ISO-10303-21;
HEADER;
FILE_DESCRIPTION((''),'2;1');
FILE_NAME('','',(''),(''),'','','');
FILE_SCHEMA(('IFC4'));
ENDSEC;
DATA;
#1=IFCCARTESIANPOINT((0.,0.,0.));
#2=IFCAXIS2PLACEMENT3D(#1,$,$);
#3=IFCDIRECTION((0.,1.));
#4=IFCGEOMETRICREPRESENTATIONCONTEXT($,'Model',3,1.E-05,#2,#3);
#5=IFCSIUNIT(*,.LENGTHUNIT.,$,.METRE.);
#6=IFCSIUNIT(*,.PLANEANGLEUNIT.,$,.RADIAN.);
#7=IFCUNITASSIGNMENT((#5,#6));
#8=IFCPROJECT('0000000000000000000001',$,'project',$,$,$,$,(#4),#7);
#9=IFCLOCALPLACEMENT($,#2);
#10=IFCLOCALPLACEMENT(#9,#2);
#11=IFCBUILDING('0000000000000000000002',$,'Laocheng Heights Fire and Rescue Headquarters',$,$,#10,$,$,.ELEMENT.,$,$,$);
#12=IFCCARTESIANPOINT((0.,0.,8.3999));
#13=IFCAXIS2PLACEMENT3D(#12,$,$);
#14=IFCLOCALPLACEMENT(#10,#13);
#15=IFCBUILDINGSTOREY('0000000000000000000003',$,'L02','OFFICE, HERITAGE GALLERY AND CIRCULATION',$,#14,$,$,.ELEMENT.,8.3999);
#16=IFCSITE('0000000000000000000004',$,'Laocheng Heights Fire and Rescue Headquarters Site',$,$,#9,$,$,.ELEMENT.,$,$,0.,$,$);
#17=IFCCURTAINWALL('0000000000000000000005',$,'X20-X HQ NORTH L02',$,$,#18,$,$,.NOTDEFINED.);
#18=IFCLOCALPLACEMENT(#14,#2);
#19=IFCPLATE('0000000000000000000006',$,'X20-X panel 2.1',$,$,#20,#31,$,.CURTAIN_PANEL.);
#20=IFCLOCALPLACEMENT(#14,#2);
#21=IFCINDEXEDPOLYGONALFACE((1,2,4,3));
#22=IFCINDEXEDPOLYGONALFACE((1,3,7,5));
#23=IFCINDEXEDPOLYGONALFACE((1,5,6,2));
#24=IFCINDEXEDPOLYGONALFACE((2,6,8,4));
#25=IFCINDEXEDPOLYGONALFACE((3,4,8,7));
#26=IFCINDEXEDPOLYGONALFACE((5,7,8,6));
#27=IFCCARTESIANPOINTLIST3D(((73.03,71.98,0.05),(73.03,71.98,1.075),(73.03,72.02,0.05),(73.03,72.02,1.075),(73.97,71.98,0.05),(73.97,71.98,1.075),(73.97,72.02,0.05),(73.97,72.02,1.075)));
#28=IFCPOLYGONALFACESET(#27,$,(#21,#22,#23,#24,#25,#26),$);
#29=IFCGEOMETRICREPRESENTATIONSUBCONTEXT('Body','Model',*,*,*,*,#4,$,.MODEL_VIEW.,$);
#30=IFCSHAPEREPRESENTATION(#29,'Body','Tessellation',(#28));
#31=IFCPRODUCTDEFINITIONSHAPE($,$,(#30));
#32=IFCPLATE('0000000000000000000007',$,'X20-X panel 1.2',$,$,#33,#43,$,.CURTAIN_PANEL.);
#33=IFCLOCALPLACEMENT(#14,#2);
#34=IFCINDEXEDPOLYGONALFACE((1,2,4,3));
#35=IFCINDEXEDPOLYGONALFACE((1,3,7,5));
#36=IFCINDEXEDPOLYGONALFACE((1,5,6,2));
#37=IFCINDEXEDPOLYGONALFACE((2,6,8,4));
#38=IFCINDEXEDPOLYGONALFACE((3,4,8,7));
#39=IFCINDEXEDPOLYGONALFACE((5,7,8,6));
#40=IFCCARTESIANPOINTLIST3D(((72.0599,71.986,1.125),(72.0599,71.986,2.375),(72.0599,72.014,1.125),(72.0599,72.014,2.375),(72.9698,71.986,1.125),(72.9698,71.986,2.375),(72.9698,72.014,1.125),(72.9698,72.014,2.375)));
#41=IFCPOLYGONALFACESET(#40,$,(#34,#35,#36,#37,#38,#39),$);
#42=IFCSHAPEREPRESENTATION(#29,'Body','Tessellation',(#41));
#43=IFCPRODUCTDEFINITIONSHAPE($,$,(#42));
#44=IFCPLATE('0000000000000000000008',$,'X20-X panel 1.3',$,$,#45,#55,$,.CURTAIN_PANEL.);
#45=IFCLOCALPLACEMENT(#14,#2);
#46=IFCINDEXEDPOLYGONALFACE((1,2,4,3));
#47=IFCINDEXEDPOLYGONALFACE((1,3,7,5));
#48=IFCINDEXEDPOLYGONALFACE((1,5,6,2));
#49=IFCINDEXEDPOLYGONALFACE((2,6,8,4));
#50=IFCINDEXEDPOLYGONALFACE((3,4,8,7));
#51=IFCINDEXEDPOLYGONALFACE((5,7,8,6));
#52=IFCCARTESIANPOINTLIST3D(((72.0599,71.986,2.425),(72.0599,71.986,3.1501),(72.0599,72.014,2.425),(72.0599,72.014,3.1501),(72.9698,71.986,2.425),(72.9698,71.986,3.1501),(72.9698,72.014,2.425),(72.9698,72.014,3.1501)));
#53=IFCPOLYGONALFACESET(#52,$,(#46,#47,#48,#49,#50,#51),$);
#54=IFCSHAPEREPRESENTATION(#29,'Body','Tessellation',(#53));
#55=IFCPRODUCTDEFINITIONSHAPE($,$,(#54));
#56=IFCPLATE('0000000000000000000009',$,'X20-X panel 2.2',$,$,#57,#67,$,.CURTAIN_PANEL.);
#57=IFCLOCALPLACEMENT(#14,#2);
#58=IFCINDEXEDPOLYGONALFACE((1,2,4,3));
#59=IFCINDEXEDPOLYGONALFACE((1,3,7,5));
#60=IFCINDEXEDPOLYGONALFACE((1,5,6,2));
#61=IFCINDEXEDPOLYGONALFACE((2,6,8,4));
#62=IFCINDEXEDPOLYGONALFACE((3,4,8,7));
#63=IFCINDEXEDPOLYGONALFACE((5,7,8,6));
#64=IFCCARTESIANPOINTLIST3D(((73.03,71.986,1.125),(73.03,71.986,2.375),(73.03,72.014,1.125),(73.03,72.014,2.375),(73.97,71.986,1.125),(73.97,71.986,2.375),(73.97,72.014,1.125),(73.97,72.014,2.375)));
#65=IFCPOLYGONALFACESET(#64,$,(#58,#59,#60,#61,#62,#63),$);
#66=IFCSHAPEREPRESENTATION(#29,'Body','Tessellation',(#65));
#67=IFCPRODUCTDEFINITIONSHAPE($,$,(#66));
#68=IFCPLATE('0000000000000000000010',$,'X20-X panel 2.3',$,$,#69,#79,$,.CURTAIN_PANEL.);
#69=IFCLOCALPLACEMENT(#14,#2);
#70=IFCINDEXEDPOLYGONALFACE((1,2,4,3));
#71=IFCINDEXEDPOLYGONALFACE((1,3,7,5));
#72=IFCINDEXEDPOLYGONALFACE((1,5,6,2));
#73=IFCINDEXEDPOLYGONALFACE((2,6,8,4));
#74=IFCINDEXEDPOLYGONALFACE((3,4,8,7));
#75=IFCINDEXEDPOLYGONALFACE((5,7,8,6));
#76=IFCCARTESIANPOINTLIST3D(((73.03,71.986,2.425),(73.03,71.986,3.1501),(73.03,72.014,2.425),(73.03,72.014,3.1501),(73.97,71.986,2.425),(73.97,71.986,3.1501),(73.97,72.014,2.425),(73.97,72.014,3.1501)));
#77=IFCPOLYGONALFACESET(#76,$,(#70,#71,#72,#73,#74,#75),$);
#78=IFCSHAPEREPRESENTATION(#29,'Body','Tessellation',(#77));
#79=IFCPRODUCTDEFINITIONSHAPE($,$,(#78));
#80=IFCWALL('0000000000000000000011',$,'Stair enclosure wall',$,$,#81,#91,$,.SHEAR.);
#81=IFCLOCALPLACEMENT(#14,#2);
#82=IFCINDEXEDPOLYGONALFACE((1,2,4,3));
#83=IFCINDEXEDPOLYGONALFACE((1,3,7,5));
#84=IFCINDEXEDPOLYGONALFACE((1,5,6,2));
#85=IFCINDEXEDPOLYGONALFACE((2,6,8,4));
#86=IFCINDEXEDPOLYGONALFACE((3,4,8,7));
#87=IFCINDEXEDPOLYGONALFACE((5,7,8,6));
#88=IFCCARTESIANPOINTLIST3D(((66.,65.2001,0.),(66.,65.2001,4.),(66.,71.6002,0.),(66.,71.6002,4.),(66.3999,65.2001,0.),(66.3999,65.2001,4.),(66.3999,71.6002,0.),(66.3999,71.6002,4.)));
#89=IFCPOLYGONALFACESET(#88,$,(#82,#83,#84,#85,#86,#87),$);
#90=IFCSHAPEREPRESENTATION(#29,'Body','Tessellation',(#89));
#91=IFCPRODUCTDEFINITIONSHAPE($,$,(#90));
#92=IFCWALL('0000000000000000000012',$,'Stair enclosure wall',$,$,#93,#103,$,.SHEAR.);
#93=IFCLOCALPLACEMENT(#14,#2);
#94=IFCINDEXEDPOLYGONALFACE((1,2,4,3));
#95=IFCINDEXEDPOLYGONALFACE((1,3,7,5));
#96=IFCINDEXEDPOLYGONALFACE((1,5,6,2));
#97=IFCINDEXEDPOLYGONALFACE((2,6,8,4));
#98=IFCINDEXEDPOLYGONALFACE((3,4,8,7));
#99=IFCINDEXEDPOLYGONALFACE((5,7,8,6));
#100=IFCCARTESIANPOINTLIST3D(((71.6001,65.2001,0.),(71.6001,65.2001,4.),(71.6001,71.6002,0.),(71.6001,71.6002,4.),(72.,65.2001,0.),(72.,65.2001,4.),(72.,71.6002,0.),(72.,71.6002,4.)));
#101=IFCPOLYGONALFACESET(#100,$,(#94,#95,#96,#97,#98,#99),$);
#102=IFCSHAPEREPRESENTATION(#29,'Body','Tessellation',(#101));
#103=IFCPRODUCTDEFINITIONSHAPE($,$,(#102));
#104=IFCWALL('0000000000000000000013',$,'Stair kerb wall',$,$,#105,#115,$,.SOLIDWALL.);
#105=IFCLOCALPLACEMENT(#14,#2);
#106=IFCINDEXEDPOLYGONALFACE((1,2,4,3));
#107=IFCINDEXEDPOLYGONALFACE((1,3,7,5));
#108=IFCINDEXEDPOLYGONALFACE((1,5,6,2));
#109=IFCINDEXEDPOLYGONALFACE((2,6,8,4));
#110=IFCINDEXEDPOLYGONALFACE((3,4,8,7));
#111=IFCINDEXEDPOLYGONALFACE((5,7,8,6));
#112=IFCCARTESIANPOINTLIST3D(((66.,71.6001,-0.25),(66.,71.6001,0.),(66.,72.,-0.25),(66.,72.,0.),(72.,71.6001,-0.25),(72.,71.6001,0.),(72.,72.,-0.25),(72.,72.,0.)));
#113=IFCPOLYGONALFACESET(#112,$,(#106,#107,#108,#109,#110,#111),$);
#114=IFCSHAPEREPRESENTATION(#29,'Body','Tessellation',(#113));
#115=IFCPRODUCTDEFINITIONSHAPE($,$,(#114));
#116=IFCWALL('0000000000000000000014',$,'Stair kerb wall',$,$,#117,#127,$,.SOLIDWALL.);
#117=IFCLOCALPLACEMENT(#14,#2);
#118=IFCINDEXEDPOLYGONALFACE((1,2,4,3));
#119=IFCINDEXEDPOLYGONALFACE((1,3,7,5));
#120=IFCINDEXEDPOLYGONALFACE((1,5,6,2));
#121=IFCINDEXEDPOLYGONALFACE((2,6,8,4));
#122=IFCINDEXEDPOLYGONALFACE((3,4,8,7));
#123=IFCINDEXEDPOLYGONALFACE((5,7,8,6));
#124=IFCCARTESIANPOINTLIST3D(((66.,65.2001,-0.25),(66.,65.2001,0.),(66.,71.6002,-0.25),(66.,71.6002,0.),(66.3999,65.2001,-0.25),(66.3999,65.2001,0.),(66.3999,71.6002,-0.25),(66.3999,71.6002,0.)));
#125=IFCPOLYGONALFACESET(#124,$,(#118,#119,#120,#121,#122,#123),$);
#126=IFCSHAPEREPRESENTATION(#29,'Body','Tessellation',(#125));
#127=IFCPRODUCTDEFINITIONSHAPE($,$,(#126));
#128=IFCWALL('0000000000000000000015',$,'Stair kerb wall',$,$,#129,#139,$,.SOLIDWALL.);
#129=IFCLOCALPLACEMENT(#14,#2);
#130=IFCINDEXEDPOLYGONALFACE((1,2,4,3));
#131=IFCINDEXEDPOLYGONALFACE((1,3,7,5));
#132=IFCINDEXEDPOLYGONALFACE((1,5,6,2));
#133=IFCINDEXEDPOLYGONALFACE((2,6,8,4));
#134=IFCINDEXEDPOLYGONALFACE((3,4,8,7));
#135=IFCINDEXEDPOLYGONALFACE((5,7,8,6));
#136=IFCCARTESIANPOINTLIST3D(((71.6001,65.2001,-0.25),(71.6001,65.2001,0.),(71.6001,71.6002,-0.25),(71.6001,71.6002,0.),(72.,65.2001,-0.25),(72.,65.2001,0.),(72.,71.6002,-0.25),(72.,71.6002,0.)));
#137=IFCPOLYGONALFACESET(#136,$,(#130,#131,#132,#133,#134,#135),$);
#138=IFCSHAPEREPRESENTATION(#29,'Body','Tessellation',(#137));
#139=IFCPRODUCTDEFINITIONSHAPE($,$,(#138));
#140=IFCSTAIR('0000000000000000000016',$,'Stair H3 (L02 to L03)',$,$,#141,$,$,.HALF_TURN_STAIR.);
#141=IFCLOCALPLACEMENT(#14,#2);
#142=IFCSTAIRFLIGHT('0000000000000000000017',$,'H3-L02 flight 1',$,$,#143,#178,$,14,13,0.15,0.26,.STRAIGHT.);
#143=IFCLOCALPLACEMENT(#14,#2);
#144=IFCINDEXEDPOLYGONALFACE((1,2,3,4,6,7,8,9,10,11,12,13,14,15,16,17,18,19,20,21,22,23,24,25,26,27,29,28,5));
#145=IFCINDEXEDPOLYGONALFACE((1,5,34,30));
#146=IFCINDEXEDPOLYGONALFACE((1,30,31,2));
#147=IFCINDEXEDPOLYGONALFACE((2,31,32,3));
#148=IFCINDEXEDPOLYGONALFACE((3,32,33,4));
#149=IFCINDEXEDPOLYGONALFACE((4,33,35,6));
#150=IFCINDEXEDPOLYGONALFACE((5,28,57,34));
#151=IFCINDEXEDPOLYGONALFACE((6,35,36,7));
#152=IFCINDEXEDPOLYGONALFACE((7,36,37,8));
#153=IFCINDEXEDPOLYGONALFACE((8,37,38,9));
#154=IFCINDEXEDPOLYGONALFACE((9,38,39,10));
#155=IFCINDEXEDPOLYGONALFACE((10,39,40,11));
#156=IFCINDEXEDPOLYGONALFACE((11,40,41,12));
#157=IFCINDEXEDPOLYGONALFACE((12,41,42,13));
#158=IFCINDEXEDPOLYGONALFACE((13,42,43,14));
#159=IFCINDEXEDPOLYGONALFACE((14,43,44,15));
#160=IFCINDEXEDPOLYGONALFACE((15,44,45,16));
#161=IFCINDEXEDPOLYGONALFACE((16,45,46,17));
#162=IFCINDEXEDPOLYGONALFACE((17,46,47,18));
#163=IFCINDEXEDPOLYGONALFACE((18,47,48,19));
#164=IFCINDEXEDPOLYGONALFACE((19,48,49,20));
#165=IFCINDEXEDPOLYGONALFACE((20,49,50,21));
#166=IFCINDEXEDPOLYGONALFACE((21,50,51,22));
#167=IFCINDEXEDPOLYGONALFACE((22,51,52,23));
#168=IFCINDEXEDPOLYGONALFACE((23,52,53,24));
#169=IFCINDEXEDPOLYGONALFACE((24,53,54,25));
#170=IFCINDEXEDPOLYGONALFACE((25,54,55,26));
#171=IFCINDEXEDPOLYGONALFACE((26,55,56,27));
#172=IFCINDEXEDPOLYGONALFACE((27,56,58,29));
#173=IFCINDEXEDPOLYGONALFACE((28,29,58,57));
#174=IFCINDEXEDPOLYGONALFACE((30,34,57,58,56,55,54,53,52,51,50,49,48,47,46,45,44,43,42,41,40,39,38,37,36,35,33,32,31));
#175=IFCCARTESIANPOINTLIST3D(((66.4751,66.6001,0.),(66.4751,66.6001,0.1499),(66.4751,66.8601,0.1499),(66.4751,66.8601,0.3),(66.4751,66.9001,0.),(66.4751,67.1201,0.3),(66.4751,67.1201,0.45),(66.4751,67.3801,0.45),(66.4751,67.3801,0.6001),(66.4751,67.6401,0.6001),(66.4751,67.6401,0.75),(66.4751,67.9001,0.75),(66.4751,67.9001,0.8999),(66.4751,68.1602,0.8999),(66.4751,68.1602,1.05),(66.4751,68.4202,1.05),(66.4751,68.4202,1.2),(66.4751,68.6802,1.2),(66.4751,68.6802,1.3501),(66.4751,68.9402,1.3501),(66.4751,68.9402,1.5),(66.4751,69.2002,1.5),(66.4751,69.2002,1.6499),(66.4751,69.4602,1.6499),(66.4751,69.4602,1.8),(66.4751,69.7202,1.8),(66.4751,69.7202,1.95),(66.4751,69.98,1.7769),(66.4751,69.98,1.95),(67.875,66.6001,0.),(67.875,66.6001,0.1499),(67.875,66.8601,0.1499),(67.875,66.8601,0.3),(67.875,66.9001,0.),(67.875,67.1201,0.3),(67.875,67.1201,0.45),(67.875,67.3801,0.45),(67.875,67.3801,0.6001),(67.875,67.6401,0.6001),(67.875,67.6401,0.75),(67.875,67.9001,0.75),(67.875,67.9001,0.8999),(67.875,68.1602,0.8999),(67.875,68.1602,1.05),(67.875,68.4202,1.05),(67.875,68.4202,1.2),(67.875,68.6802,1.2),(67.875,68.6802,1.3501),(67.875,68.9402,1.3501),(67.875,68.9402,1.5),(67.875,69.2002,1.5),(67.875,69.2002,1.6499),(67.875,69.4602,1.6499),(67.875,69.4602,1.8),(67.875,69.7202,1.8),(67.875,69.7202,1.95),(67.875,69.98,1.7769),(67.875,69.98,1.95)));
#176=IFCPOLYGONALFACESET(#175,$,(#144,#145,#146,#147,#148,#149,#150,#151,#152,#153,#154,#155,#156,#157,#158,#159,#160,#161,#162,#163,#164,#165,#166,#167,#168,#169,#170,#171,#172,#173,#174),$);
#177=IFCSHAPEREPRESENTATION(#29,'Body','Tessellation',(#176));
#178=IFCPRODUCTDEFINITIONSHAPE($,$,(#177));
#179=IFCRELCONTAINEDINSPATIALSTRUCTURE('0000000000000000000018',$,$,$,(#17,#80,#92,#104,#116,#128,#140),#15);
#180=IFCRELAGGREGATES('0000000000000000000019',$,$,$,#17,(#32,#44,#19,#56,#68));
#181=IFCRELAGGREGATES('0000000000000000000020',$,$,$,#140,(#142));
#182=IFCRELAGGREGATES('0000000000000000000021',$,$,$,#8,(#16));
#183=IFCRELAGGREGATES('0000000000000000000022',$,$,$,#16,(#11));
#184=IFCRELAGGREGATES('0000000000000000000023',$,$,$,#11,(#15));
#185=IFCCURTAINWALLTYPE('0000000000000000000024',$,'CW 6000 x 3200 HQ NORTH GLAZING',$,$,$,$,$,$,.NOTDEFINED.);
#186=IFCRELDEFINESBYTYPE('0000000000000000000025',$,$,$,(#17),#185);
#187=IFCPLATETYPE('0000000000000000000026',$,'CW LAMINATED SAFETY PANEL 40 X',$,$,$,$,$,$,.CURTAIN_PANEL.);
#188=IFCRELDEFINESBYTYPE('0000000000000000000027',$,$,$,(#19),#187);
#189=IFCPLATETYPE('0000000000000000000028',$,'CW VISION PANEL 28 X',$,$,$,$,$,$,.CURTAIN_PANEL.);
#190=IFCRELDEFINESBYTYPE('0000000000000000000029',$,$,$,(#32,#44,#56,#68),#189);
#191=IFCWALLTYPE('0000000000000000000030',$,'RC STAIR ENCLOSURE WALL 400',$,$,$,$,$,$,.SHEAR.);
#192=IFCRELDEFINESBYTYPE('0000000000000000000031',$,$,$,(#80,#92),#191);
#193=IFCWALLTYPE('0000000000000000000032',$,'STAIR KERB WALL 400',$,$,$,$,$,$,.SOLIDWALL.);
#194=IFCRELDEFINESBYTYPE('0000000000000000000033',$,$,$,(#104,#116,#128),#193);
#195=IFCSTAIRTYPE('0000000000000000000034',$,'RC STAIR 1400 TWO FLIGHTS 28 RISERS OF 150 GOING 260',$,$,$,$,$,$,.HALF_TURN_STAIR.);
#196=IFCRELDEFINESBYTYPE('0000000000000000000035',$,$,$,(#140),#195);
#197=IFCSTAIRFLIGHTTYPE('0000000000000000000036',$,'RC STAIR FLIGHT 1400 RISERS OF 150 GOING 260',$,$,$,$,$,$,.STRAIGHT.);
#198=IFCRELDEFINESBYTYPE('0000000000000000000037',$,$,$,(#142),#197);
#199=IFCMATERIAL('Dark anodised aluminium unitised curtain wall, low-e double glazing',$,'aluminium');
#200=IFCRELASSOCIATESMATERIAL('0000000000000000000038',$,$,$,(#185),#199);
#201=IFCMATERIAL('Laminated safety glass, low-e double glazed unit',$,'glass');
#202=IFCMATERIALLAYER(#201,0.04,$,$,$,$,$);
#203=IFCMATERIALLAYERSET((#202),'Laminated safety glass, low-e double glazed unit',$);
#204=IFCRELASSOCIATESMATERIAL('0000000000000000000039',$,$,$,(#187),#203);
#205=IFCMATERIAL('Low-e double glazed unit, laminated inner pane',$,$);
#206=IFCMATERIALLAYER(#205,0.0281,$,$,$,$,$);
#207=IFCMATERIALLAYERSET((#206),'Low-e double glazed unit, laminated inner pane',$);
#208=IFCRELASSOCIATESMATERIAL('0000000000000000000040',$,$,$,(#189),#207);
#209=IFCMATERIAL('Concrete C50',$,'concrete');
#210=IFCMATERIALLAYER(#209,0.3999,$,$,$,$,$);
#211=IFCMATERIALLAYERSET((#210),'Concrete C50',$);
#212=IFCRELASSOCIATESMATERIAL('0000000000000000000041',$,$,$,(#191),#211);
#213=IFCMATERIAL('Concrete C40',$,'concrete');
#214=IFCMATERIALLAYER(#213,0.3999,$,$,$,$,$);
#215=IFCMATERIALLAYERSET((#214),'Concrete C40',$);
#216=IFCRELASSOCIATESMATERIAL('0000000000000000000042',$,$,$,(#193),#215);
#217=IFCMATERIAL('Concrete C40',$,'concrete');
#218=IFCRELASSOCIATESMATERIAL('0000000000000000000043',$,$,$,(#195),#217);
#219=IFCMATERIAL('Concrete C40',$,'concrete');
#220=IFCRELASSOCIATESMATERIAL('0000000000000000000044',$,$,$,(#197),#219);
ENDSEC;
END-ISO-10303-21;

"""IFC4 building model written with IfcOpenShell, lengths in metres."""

from ifc_helpers import new_model, si_unit, direction, frame, frame_2d, origin, origin_2d, place, context, subcontext, project, spatial, polyline, rectangle, outline, extrude, material, layer, layer_set, type_object, element, aggregate, save


model = new_model("IFC4")

# Units and contexts
model_context = context("Model", 3, precision=1e-05, world=origin(), true_north=direction((0.0, 1.0)))
body_context = subcontext(model_context, "Body", "Model", "MODEL_VIEW")
ifc_project = project(units=[si_unit("LENGTHUNIT", "METRE"), si_unit("PLANEANGLEUNIT", "RADIAN")], contexts=[model_context])

# Site, building, storey
site_placement = place(None, origin())
site = spatial("IfcSite", under=ifc_project, at=site_placement, Name="Laocheng Heights Fire and Rescue Headquarters Site", CompositionType="ELEMENT", RefElevation=0.0)
building_placement = place(site_placement, origin())
building = spatial("IfcBuilding", under=site, at=building_placement, Name="Laocheng Heights Fire and Rescue Headquarters", CompositionType="ELEMENT")
storey_placement = place(building_placement, frame((0.0, 0.0, 8.3999)))
storey = spatial("IfcBuildingStorey", under=building, at=storey_placement, Name="L02", Description="OFFICE, HERITAGE GALLERY AND CIRCULATION", CompositionType="ELEMENT", Elevation=8.3999)

# Curtain wall, plates
ifc_material_1 = material(Name="Dark anodised aluminium unitised curtain wall, low-e double glazing", Category="aluminium")
curtain_wall_type = type_object("IfcCurtainWallType", Name="CW 6000 x 3200 HQ NORTH GLAZING", PredefinedType="NOTDEFINED", material=ifc_material_1)
curtain_wall_placement = place(storey_placement, origin())
curtain_wall = element("IfcCurtainWall", 1, at=curtain_wall_placement, inside=storey, type_object=curtain_wall_type, Name="X20-X HQ NORTH L02", PredefinedType="NOTDEFINED")
ifc_material_2 = material(Name="Laminated safety glass, low-e double glazed unit", Category="glass")
ifc_layer_1 = layer(ifc_material_2, 0.04)
ifc_layer_set_1 = layer_set([ifc_layer_1], Name="Laminated safety glass, low-e double glazed unit")
plate_type_1 = type_object("IfcPlateType", Name="CW LAMINATED SAFETY PANEL 40 X", PredefinedType="CURTAIN_PANEL", material=ifc_layer_set_1)
plate_1_placement = place(storey_placement, frame((73.5, 72.0, 0.05), z_axis=(0.0, 0.0, 1.0), x_axis=(1.0, 0.0, 0.0)))
plate_1 = element("IfcPlate", 2, at=plate_1_placement, type_object=plate_type_1, Name="X20-X panel 2.1", PredefinedType="CURTAIN_PANEL", context=body_context, shape_type="SweptSolid", body=[
    extrude(rectangle(XDim=0.9399, YDim=0.04, at=origin_2d()), origin(), (0.0, 0.0, 1.0), 1.0249),
])
ifc_material_3 = material(Name="Low-e double glazed unit, laminated inner pane")
ifc_layer_2 = layer(ifc_material_3, 0.0281)
ifc_layer_set_2 = layer_set([ifc_layer_2], Name="Low-e double glazed unit, laminated inner pane")
plate_type_2 = type_object("IfcPlateType", Name="CW VISION PANEL 28 X", PredefinedType="CURTAIN_PANEL", material=ifc_layer_set_2)
plate_2_placement = place(storey_placement, frame((72.5149, 72.0, 1.125), z_axis=(0.0, 0.0, 1.0), x_axis=(1.0, 0.0, 0.0)))
plate_2 = element("IfcPlate", 3, at=plate_2_placement, type_object=plate_type_2, Name="X20-X panel 1.2", PredefinedType="CURTAIN_PANEL", context=body_context, shape_type="SweptSolid", body=[
    extrude(rectangle(XDim=0.9099, YDim=0.0281, at=origin_2d()), origin(), (0.0, 0.0, 1.0), 1.25),
])
plate_3_placement = place(storey_placement, frame((72.5149, 72.0, 2.425), z_axis=(0.0, 0.0, 1.0), x_axis=(1.0, 0.0, 0.0)))
plate_3 = element("IfcPlate", 4, at=plate_3_placement, type_object=plate_type_2, Name="X20-X panel 1.3", PredefinedType="CURTAIN_PANEL", context=body_context, shape_type="SweptSolid", body=[
    extrude(rectangle(XDim=0.9099, YDim=0.0281, at=origin_2d()), origin(), (0.0, 0.0, 1.0), 0.7251),
])
plate_4_placement = place(storey_placement, frame((73.5, 72.0, 1.125), z_axis=(0.0, 0.0, 1.0), x_axis=(1.0, 0.0, 0.0)))
plate_4 = element("IfcPlate", 5, at=plate_4_placement, type_object=plate_type_2, Name="X20-X panel 2.2", PredefinedType="CURTAIN_PANEL", context=body_context, shape_type="SweptSolid", body=[
    extrude(rectangle(XDim=0.9399, YDim=0.0281, at=origin_2d()), origin(), (0.0, 0.0, 1.0), 1.25),
])
plate_5_placement = place(storey_placement, frame((73.5, 72.0, 2.425), z_axis=(0.0, 0.0, 1.0), x_axis=(1.0, 0.0, 0.0)))
plate_5 = element("IfcPlate", 6, at=plate_5_placement, type_object=plate_type_2, Name="X20-X panel 2.3", PredefinedType="CURTAIN_PANEL", context=body_context, shape_type="SweptSolid", body=[
    extrude(rectangle(XDim=0.9399, YDim=0.0281, at=origin_2d()), origin(), (0.0, 0.0, 1.0), 0.7251),
])
aggregate(curtain_wall, [plate_2, plate_3, plate_1, plate_4, plate_5])

# Walls
ifc_material_4 = material(Name="Concrete C50", Category="concrete")
ifc_layer_3 = layer(ifc_material_4, 0.3999)
ifc_layer_set_3 = layer_set([ifc_layer_3], Name="Concrete C50")
wall_type_1 = type_object("IfcWallType", Name="RC STAIR ENCLOSURE WALL 400", PredefinedType="SHEAR", material=ifc_layer_set_3)
for number, where, z_axis, x_axis, name in (
    (7, (66.2, 65.2, 0.0), (0.0, 0.0, 1.0), (0.0, 1.0, 0.0), "Stair enclosure wall"),
    (8, (71.8, 65.2, 0.0), (0.0, 0.0, 1.0), (0.0, 1.0, 0.0), "Stair enclosure wall"),
):
    element("IfcWall", number, at=place(storey_placement, frame(where, z_axis=z_axis, x_axis=x_axis)), inside=storey, type_object=wall_type_1, Name=name, PredefinedType="SHEAR", context=body_context, shape_type="SweptSolid", body=[
        extrude(rectangle(XDim=6.4001, YDim=0.3999, at=frame_2d((3.2002, 0.0))), origin(), (0.0, 0.0, 1.0), 4.0),
    ])
ifc_material_5 = material(Name="Concrete C40", Category="concrete")
ifc_layer_4 = layer(ifc_material_5, 0.3999)
ifc_layer_set_4 = layer_set([ifc_layer_4], Name="Concrete C40")
wall_type_2 = type_object("IfcWallType", Name="STAIR KERB WALL 400", PredefinedType="SOLIDWALL", material=ifc_layer_set_4)
wall_placement = place(storey_placement, frame((66.0, 71.8, -0.25), z_axis=(0.0, 0.0, 1.0), x_axis=(1.0, 0.0, 0.0)))
element("IfcWall", 9, at=wall_placement, inside=storey, type_object=wall_type_2, Name="Stair kerb wall", PredefinedType="SOLIDWALL", context=body_context, shape_type="SweptSolid", body=[
    extrude(rectangle(XDim=6.0, YDim=0.3999, at=frame_2d((3.0, 0.0))), origin(), (0.0, 0.0, 1.0), 0.25),
])
for number, where, z_axis, x_axis, name in (
    (10, (66.2, 65.2, -0.25), (0.0, 0.0, 1.0), (0.0, 1.0, 0.0), "Stair kerb wall"),
    (11, (71.8, 65.2, -0.25), (0.0, 0.0, 1.0), (0.0, 1.0, 0.0), "Stair kerb wall"),
):
    element("IfcWall", number, at=place(storey_placement, frame(where, z_axis=z_axis, x_axis=x_axis)), inside=storey, type_object=wall_type_2, Name=name, PredefinedType="SOLIDWALL", context=body_context, shape_type="SweptSolid", body=[
        extrude(rectangle(XDim=6.4001, YDim=0.3999, at=frame_2d((3.2002, 0.0))), origin(), (0.0, 0.0, 1.0), 0.25),
    ])

# Stair, stair flight
ifc_material_6 = material(Name="Concrete C40", Category="concrete")
stair_type = type_object("IfcStairType", Name="RC STAIR 1400 TWO FLIGHTS 28 RISERS OF 150 GOING 260", PredefinedType="HALF_TURN_STAIR", material=ifc_material_6)
stair_placement = place(storey_placement, origin())
stair = element("IfcStair", 12, at=stair_placement, inside=storey, type_object=stair_type, Name="Stair H3 (L02 to L03)", PredefinedType="HALF_TURN_STAIR")
ifc_material_7 = material(Name="Concrete C40", Category="concrete")
stair_flight_type = type_object("IfcStairFlightType", Name="RC STAIR FLIGHT 1400 RISERS OF 150 GOING 260", PredefinedType="STRAIGHT", material=ifc_material_7)
stair_flight_1_placement = place(storey_placement, frame((67.175, 66.6001, 0.0), z_axis=(0.0, 0.0, 1.0), x_axis=(0.0, 1.0, 0.0)))
stair_flight_1 = element("IfcStairFlight", 13, at=stair_flight_1_placement, type_object=stair_flight_type, Name="H3-L02 flight 1", NumberOfRisers=14, NumberOfTreads=13, PredefinedType="STRAIGHT", RiserHeight=0.15, TreadLength=0.26, context=body_context, shape_type="SweptSolid", body=[
    extrude(outline(polyline([(0.0, 0.0), (0.0, 0.1499), (0.26, 0.1499), (0.26, 0.3), (0.52, 0.3), (0.52, 0.45), (0.78, 0.45), (0.78, 0.6001), (1.04, 0.6001), (1.04, 0.75), (1.3, 0.75), (1.3, 0.8999), (1.5601, 0.8999), (1.5601, 1.05), (1.8201, 1.05), (1.8201, 1.2), (2.0801, 1.2), (2.0801, 1.3501), (2.3401, 1.3501), (2.3401, 1.5), (2.6001, 1.5), (2.6001, 1.6499), (2.8601, 1.6499), (2.8601, 1.8), (3.1201, 1.8), (3.1201, 1.95), (3.3799, 1.95), (3.3799, 2.1001), (3.3799, 1.7769), (0.3, 0.0), (0.0, 0.0)])), frame((0.0, 0.7, 0.0), z_axis=(0.0, -1.0, 0.0), x_axis=(1.0, 0.0, 0.0)), (0.0, 0.0, 1.0), 1.3999),
])
aggregate(stair, [stair_flight_1])

save(model, "model.ifc")
